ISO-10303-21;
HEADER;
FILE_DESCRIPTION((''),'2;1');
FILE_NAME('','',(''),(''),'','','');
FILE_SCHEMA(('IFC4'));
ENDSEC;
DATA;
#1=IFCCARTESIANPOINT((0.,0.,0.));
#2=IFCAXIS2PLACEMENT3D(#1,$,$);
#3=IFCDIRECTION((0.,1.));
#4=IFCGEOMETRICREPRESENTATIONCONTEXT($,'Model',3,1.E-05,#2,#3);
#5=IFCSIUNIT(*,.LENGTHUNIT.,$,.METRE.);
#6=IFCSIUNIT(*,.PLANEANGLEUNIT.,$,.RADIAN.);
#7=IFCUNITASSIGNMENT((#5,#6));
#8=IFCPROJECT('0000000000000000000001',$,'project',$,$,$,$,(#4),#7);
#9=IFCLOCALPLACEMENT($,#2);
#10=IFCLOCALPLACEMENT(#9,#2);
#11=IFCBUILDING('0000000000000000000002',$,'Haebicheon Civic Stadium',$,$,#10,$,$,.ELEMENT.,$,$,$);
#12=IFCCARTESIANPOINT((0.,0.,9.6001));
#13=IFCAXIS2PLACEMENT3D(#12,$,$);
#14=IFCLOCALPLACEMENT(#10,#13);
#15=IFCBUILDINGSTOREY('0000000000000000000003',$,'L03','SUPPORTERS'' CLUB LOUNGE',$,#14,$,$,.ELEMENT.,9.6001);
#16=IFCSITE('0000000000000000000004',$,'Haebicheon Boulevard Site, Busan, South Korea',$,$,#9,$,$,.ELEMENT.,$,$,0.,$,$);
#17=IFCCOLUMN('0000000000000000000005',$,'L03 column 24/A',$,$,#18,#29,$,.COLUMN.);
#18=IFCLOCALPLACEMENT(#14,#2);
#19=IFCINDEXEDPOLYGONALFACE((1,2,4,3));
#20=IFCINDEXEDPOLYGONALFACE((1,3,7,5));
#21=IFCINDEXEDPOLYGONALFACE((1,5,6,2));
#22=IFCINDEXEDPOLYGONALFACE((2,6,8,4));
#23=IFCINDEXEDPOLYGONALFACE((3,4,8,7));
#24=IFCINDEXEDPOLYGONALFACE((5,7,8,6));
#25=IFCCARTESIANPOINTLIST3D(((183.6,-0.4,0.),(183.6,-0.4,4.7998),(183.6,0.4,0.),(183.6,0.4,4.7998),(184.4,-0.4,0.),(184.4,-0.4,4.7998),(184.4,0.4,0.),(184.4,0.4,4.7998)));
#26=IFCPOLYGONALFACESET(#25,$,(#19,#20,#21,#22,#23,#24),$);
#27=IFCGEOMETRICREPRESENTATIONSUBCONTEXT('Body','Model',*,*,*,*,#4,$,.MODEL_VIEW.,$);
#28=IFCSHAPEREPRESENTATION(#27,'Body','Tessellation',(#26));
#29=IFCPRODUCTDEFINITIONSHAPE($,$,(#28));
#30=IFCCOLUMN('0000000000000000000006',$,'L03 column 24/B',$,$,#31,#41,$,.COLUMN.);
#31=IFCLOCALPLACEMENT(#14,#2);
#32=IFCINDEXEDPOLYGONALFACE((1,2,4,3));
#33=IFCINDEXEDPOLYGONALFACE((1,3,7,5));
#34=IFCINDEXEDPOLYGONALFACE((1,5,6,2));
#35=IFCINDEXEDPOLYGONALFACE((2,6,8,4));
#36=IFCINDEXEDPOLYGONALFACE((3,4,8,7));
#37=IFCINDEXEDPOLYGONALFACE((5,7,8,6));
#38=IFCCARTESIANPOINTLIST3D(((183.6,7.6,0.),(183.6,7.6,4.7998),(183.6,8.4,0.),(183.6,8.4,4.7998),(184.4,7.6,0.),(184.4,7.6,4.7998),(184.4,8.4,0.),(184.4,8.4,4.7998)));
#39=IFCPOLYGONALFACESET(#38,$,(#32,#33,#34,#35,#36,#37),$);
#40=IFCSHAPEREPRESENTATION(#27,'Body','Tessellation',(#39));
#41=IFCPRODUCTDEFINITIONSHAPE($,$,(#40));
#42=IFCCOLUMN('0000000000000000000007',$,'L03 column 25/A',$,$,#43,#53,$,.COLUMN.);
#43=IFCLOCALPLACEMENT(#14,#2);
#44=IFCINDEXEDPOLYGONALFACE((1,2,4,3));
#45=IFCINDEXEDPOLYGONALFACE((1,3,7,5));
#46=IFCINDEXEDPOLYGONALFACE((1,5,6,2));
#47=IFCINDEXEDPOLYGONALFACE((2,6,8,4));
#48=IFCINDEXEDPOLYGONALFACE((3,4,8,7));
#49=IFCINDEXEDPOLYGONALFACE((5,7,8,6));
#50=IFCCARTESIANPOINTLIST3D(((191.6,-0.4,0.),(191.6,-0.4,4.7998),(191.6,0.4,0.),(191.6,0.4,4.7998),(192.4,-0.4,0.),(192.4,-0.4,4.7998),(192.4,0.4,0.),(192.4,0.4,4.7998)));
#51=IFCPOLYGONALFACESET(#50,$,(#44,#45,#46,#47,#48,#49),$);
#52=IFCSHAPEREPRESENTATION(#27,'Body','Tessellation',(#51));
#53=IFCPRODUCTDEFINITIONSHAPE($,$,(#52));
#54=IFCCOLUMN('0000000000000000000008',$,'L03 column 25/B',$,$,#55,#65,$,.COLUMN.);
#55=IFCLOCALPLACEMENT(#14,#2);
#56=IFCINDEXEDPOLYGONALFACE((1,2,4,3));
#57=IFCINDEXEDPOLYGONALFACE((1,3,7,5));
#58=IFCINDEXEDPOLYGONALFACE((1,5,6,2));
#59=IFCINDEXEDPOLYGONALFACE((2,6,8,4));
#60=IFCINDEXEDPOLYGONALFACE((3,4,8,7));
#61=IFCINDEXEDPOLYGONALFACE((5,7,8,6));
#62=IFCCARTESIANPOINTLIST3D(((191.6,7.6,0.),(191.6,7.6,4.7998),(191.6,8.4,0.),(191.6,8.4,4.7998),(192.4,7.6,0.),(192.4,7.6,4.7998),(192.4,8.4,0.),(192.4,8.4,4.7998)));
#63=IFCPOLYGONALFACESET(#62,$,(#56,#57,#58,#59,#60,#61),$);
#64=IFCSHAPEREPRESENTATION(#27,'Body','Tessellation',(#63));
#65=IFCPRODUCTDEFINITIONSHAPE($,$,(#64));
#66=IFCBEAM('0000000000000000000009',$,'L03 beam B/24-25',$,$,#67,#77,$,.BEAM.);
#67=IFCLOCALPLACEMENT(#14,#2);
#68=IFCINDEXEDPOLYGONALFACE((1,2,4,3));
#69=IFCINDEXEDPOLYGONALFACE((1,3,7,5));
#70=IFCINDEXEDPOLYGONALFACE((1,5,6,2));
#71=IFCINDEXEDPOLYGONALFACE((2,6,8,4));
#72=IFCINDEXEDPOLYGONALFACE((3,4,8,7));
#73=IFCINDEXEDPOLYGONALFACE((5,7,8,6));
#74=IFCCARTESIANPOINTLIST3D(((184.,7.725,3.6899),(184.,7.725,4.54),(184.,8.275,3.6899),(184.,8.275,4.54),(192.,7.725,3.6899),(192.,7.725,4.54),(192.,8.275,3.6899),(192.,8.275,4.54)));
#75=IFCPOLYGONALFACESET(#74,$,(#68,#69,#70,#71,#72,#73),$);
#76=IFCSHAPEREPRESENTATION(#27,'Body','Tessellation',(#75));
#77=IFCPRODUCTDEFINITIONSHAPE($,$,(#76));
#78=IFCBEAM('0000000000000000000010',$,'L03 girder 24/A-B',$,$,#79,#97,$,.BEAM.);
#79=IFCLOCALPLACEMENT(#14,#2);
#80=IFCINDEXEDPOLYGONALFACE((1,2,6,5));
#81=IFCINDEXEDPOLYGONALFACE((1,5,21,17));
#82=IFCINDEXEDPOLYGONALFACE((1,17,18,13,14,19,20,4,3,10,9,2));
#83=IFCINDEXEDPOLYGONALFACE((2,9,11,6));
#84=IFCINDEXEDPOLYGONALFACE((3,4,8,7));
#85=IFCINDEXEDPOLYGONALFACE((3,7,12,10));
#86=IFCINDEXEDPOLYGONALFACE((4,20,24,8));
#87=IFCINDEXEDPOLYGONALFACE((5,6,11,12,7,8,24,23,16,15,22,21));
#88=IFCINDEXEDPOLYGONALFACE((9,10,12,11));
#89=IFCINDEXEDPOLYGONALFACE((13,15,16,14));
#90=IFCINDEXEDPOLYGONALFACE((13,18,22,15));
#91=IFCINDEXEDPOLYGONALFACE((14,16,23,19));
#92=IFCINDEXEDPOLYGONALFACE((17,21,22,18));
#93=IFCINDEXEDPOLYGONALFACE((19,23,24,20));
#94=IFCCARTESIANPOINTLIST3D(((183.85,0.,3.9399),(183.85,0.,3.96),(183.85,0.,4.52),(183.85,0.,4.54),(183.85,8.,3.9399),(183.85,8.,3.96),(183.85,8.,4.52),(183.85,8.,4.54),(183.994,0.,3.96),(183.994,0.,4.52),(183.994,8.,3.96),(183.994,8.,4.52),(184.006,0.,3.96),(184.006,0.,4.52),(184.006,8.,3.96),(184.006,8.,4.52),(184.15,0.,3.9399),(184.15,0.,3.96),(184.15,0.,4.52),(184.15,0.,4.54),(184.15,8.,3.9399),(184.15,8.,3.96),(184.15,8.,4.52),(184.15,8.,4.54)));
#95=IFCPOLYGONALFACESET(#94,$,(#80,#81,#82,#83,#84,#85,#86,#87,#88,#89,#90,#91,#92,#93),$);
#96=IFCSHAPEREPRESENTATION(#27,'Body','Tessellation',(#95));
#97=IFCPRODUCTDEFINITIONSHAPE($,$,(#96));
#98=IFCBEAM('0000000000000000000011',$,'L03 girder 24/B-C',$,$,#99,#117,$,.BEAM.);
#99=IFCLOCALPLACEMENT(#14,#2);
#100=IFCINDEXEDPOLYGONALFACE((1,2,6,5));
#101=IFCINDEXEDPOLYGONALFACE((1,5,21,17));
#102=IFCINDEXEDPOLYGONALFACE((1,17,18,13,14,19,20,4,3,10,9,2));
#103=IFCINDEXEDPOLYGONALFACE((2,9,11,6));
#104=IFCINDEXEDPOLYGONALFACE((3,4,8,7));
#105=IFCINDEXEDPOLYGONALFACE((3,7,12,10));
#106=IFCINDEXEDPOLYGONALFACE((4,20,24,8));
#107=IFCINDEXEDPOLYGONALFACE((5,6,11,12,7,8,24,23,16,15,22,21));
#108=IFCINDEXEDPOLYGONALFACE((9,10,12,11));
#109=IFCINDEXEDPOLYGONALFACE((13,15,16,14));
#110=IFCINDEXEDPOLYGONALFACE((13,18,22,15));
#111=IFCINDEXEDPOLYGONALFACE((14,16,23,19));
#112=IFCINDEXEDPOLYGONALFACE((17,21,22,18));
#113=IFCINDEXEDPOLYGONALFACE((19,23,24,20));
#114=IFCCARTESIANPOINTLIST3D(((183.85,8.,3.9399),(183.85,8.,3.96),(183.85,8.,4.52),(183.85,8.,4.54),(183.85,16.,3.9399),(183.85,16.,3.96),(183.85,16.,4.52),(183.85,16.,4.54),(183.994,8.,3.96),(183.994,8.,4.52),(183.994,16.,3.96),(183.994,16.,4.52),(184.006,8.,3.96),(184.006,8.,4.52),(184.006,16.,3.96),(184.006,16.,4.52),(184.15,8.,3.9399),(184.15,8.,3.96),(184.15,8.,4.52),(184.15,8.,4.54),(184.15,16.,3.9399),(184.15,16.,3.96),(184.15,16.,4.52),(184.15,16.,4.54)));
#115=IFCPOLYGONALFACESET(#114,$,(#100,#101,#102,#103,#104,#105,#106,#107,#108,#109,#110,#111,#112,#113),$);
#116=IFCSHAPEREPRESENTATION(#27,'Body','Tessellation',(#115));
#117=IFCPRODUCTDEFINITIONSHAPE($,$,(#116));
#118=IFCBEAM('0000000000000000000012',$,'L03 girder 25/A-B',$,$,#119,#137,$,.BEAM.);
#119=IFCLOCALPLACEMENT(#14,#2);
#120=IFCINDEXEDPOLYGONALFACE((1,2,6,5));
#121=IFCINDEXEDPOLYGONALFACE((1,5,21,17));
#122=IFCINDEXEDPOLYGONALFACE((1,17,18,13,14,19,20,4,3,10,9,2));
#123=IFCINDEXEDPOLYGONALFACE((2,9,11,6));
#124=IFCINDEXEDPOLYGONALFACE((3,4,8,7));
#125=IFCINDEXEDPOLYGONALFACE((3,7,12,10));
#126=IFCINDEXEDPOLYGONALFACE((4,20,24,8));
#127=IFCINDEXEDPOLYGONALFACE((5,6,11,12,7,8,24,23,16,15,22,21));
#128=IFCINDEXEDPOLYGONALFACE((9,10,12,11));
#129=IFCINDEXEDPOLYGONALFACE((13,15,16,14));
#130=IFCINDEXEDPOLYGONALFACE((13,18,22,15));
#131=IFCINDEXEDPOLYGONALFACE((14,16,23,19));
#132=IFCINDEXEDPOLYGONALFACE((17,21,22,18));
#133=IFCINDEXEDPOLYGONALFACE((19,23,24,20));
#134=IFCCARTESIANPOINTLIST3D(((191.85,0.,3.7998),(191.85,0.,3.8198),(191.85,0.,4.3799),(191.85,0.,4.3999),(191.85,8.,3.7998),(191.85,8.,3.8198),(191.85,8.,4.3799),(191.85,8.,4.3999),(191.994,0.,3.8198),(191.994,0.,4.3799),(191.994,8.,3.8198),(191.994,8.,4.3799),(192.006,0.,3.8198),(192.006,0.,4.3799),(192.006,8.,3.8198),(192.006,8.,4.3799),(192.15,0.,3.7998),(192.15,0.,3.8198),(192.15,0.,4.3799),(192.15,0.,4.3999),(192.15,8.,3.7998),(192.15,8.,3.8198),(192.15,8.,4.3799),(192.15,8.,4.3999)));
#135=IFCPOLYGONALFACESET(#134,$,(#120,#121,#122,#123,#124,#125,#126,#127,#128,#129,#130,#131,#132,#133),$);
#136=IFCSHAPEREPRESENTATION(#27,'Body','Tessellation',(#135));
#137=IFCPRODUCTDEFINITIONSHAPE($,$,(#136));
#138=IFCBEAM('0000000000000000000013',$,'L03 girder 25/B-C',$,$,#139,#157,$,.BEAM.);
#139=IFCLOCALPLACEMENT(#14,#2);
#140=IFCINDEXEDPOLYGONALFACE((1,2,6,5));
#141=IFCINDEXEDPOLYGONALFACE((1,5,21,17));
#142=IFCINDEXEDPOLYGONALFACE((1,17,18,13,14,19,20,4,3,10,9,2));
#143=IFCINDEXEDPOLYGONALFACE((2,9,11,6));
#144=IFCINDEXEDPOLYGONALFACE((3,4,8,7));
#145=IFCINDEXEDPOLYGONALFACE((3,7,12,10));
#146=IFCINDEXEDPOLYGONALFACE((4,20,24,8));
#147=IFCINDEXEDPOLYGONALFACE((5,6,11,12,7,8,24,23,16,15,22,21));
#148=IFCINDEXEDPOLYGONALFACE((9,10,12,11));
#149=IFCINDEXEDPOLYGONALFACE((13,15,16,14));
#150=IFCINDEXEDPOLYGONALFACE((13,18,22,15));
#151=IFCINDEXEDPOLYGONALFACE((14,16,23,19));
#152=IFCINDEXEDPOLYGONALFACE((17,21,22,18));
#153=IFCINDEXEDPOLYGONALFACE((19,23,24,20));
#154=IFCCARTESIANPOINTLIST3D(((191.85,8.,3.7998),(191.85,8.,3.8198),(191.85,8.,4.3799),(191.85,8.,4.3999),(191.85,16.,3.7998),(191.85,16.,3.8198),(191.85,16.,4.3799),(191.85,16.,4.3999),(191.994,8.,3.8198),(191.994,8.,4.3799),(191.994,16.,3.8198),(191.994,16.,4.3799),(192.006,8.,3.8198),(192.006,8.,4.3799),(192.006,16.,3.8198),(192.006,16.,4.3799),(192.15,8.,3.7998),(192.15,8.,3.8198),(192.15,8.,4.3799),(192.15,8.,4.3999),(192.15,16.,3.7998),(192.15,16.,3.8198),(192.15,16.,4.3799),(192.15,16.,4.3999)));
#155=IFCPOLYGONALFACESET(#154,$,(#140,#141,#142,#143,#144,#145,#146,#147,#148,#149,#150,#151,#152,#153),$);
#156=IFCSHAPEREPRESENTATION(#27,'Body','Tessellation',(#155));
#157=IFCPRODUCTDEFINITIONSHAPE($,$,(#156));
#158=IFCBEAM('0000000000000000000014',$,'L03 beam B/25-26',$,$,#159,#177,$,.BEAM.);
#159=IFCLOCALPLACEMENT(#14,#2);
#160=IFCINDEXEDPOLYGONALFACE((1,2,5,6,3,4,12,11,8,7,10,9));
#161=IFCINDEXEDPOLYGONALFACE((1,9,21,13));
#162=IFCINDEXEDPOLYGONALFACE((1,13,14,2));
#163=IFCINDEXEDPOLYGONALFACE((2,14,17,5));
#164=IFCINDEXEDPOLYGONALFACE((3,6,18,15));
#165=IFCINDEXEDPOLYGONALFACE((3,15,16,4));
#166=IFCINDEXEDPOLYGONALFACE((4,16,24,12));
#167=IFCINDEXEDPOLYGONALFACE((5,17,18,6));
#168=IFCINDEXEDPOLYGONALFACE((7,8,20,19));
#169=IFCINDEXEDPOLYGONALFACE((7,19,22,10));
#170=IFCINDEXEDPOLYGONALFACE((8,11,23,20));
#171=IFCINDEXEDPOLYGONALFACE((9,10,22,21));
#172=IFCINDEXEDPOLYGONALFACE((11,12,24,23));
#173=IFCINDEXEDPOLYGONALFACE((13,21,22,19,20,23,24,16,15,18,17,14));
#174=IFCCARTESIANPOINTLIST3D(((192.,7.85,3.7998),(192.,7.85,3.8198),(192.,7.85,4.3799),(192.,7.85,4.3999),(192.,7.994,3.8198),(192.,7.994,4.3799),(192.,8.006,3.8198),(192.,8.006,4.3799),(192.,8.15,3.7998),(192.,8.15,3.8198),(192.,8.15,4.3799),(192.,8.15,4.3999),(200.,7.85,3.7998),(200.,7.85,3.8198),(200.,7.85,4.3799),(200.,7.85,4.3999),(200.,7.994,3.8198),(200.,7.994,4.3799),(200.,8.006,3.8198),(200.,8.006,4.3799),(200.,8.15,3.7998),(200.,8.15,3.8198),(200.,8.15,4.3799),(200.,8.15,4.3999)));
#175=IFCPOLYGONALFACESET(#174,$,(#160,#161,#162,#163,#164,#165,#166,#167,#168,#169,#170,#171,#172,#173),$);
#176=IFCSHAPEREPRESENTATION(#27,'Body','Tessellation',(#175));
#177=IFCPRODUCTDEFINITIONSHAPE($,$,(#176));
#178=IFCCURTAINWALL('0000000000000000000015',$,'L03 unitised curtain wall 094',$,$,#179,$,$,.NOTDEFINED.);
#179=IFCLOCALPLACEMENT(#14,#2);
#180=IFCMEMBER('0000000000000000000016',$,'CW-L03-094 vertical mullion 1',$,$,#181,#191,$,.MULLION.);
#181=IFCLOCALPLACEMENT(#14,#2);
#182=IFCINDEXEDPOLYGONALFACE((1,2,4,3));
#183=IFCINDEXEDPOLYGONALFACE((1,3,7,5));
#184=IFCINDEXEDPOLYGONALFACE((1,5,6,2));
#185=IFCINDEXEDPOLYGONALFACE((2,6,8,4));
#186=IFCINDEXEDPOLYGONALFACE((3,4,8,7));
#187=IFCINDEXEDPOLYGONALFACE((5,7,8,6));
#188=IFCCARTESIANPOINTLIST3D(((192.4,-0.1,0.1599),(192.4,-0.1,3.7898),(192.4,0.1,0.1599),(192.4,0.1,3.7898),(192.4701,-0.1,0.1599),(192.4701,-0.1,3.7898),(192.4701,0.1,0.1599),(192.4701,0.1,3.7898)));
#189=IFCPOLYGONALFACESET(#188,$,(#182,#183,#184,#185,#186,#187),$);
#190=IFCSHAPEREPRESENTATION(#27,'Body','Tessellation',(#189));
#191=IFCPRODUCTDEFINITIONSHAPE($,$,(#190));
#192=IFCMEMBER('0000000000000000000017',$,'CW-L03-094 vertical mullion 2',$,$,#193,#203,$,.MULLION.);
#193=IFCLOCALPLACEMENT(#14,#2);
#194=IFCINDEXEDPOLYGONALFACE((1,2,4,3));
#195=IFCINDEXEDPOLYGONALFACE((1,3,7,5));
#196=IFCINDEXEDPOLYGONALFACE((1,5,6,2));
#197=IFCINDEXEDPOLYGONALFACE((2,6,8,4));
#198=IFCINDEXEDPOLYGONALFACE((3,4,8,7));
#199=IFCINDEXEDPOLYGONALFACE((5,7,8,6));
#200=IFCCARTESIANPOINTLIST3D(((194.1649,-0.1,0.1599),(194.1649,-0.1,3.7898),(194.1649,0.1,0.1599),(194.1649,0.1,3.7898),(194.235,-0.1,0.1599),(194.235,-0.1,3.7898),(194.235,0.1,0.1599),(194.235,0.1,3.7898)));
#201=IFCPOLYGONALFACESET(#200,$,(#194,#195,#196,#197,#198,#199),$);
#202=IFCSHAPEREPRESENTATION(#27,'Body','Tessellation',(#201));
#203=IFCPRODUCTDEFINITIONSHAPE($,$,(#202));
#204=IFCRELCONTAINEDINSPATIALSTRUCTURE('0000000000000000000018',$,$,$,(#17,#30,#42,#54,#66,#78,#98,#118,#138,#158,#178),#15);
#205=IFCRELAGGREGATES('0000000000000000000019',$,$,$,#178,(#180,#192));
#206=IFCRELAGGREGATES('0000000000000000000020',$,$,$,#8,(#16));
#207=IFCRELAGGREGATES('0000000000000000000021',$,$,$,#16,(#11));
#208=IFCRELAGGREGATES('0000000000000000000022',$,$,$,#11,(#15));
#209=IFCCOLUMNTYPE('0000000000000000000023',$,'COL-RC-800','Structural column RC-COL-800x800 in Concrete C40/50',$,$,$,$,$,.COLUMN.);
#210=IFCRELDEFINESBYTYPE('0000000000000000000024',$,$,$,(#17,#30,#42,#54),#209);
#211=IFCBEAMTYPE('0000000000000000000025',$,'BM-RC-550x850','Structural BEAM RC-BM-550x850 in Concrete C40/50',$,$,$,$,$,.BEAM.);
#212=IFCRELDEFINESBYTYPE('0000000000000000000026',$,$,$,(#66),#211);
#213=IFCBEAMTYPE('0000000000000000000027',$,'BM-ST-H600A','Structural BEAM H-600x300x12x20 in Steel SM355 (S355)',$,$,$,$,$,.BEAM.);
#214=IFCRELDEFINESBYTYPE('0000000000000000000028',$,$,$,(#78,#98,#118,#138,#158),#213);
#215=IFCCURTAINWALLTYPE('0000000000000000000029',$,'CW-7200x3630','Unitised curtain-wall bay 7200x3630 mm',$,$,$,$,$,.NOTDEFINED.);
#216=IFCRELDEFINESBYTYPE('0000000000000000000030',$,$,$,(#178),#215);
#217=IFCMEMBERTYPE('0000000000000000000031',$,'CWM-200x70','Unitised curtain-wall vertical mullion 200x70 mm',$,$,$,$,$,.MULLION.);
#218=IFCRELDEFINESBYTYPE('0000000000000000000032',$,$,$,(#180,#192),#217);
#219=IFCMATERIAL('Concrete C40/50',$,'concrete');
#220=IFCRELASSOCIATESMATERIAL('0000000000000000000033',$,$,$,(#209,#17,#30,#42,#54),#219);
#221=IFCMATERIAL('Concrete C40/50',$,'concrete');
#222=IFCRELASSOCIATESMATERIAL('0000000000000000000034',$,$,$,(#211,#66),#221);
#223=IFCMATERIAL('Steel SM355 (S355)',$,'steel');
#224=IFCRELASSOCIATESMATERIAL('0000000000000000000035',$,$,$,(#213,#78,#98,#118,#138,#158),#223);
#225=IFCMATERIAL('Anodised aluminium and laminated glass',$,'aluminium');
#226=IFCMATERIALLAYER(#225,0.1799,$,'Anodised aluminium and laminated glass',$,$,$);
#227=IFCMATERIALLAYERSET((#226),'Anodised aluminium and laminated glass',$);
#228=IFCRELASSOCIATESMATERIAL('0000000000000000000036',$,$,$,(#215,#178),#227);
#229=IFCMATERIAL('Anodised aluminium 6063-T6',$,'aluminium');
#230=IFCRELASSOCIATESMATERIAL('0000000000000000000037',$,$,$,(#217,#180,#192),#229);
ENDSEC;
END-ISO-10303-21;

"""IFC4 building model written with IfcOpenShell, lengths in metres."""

from ifc_helpers import new_model, si_unit, direction, frame, origin, origin_2d, place, context, subcontext, project, spatial, rectangle, i_section, extrude, material, layer, layer_set, material_profile, profile_set, type_object, element, aggregate, save


model = new_model("IFC4")

# Units and contexts
model_context = context("Model", 3, precision=1e-05, world=origin(), true_north=direction((0.0, 1.0)))
body_context = subcontext(model_context, "Body", "Model", "MODEL_VIEW")
ifc_project = project(units=[si_unit("LENGTHUNIT", "METRE"), si_unit("PLANEANGLEUNIT", "RADIAN")], contexts=[model_context])

# Site, building, storey
site_placement = place(None, origin())
site = spatial("IfcSite", under=ifc_project, at=site_placement, Name="Haebicheon Boulevard Site, Busan, South Korea", CompositionType="ELEMENT", RefElevation=0.0)
building_placement = place(site_placement, origin())
building = spatial("IfcBuilding", under=site, at=building_placement, Name="Haebicheon Civic Stadium", CompositionType="ELEMENT")
storey_placement = place(building_placement, frame((0.0, 0.0, 9.6001)))
storey = spatial("IfcBuildingStorey", under=building, at=storey_placement, Name="L03", Description="SUPPORTERS' CLUB LOUNGE", CompositionType="ELEMENT", Elevation=9.6001)

# Columns
ifc_material_1 = material(Name="Concrete C40/50", Category="concrete")
ifc_material_profile_1 = material_profile(ifc_material_1, rectangle(XDim=0.8, YDim=0.8, at=origin_2d()), Name="RC-COL-800x800")
ifc_profile_set_1 = profile_set([ifc_material_profile_1], Name="Concrete C40/50")
column_type = type_object("IfcColumnType", Name="COL-RC-800", Description="Structural column RC-COL-800x800 in Concrete C40/50", PredefinedType="COLUMN", material=ifc_profile_set_1)
for number, where, z_axis, x_axis, name in (
    (1, (184.0, 0.0, 0.0), (0.0, 0.0, 1.0), (1.0, 0.0, 0.0), "L03 column 24/A"),
    (2, (184.0, 8.0, 0.0), (0.0, 0.0, 1.0), (1.0, 0.0, 0.0), "L03 column 24/B"),
    (3, (192.0, 0.0, 0.0), (0.0, 0.0, 1.0), (1.0, 0.0, 0.0), "L03 column 25/A"),
    (4, (192.0, 8.0, 0.0), (0.0, 0.0, 1.0), (1.0, 0.0, 0.0), "L03 column 25/B"),
):
    element("IfcColumn", number, at=place(storey_placement, frame(where, z_axis=z_axis, x_axis=x_axis)), inside=storey, type_object=column_type, material=ifc_profile_set_1, Name=name, PredefinedType="COLUMN", context=body_context, shape_type="SweptSolid", body=[
        extrude(rectangle(XDim=0.8, YDim=0.8, at=origin_2d()), origin(), (0.0, 0.0, 1.0), 4.7998),
    ])

# Beams
ifc_material_2 = material(Name="Concrete C40/50", Category="concrete")
ifc_material_profile_2 = material_profile(ifc_material_2, rectangle(XDim=0.55, YDim=0.8501, at=origin_2d()), Name="RC-BM-550x850")
ifc_profile_set_2 = profile_set([ifc_material_profile_2], Name="Concrete C40/50")
beam_type_1 = type_object("IfcBeamType", Name="BM-RC-550x850", Description="Structural BEAM RC-BM-550x850 in Concrete C40/50", PredefinedType="BEAM", material=ifc_profile_set_2)
beam_1_placement = place(storey_placement, frame((184.0, 8.0, 4.115), z_axis=(1.0, 0.0, 0.0), x_axis=(0.0, 1.0, 0.0)))
element("IfcBeam", 5, at=beam_1_placement, inside=storey, type_object=beam_type_1, material=ifc_profile_set_2, Name="L03 beam B/24-25", PredefinedType="BEAM", context=body_context, shape_type="SweptSolid", body=[
    extrude(rectangle(XDim=0.55, YDim=0.8501, at=origin_2d()), origin(), (0.0, 0.0, 1.0), 8.0),
])
ifc_material_3 = material(Name="Steel SM355 (S355)", Category="steel")
ifc_material_profile_3 = material_profile(ifc_material_3, i_section(OverallWidth=0.3, OverallDepth=0.6001, WebThickness=0.012, FlangeThickness=0.02, at=origin_2d()), Name="H-600x300x12x20")
ifc_profile_set_3 = profile_set([ifc_material_profile_3], Name="Steel SM355 (S355)")
beam_type_2 = type_object("IfcBeamType", Name="BM-ST-H600A", Description="Structural BEAM H-600x300x12x20 in Steel SM355 (S355)", PredefinedType="BEAM", material=ifc_profile_set_3)
for number, where, z_axis, x_axis, name in (
    (6, (184.0, 0.0, 4.24), (0.0, 1.0, 0.0), (-1.0, 0.0, 0.0), "L03 girder 24/A-B"),
    (7, (184.0, 8.0, 4.24), (0.0, 1.0, 0.0), (-1.0, 0.0, 0.0), "L03 girder 24/B-C"),
    (8, (192.0, 0.0, 4.0999), (0.0, 1.0, 0.0), (-1.0, 0.0, 0.0), "L03 girder 25/A-B"),
    (9, (192.0, 8.0, 4.0999), (0.0, 1.0, 0.0), (-1.0, 0.0, 0.0), "L03 girder 25/B-C"),
    (10, (192.0, 8.0, 4.0999), (1.0, 0.0, 0.0), (0.0, 1.0, 0.0), "L03 beam B/25-26"),
):
    element("IfcBeam", number, at=place(storey_placement, frame(where, z_axis=z_axis, x_axis=x_axis)), inside=storey, type_object=beam_type_2, material=ifc_profile_set_3, Name=name, PredefinedType="BEAM", context=body_context, shape_type="SweptSolid", body=[
        extrude(i_section(OverallWidth=0.3, OverallDepth=0.6001, WebThickness=0.012, FlangeThickness=0.02, at=origin_2d()), origin(), (0.0, 0.0, 1.0), 8.0),
    ])

# Curtain wall, members
ifc_material_4 = material(Name="Anodised aluminium and laminated glass", Category="aluminium")
ifc_layer_1 = layer(ifc_material_4, 0.1799, Name="Anodised aluminium and laminated glass")
ifc_layer_set_1 = layer_set([ifc_layer_1], Name="Anodised aluminium and laminated glass")
curtain_wall_type = type_object("IfcCurtainWallType", Name="CW-7200x3630", Description="Unitised curtain-wall bay 7200x3630 mm", PredefinedType="NOTDEFINED", material=ifc_layer_set_1)
curtain_wall_placement = place(storey_placement, origin())
curtain_wall = element("IfcCurtainWall", 11, at=curtain_wall_placement, inside=storey, type_object=curtain_wall_type, material=ifc_layer_set_1, Name="L03 unitised curtain wall 094", PredefinedType="NOTDEFINED")
ifc_material_5 = material(Name="Anodised aluminium 6063-T6", Category="aluminium")
ifc_material_profile_4 = material_profile(ifc_material_5, rectangle(XDim=0.0701, YDim=0.2, at=origin_2d()), Name="ALU-MULL-70x200")
ifc_profile_set_4 = profile_set([ifc_material_profile_4], Name="Anodised aluminium 6063-T6")
member_type_1 = type_object("IfcMemberType", Name="CWM-200x70", Description="Unitised curtain-wall vertical mullion 200x70 mm", PredefinedType="MULLION", material=ifc_profile_set_4)
member_1_placement = place(storey_placement, frame((192.4351, 0.0, 0.1599), z_axis=(0.0, 0.0, 1.0), x_axis=(1.0, 0.0, 0.0)))
member_1 = element("IfcMember", 12, at=member_1_placement, type_object=member_type_1, material=ifc_profile_set_4, Name="CW-L03-094 vertical mullion 1", PredefinedType="MULLION", context=body_context, shape_type="SweptSolid", body=[
    extrude(rectangle(XDim=0.0701, YDim=0.2, at=origin_2d()), origin(), (0.0, 0.0, 1.0), 3.6299),
])
member_2_placement = place(storey_placement, frame((194.2, 0.0, 0.1599), z_axis=(0.0, 0.0, 1.0), x_axis=(1.0, 0.0, 0.0)))
member_2 = element("IfcMember", 13, at=member_2_placement, type_object=member_type_1, material=ifc_profile_set_4, Name="CW-L03-094 vertical mullion 2", PredefinedType="MULLION", context=body_context, shape_type="SweptSolid", body=[
    extrude(rectangle(XDim=0.0701, YDim=0.2, at=origin_2d()), origin(), (0.0, 0.0, 1.0), 3.6299),
])

aggregate(curtain_wall, [member_1, member_2])

save(model, "model.ifc")
